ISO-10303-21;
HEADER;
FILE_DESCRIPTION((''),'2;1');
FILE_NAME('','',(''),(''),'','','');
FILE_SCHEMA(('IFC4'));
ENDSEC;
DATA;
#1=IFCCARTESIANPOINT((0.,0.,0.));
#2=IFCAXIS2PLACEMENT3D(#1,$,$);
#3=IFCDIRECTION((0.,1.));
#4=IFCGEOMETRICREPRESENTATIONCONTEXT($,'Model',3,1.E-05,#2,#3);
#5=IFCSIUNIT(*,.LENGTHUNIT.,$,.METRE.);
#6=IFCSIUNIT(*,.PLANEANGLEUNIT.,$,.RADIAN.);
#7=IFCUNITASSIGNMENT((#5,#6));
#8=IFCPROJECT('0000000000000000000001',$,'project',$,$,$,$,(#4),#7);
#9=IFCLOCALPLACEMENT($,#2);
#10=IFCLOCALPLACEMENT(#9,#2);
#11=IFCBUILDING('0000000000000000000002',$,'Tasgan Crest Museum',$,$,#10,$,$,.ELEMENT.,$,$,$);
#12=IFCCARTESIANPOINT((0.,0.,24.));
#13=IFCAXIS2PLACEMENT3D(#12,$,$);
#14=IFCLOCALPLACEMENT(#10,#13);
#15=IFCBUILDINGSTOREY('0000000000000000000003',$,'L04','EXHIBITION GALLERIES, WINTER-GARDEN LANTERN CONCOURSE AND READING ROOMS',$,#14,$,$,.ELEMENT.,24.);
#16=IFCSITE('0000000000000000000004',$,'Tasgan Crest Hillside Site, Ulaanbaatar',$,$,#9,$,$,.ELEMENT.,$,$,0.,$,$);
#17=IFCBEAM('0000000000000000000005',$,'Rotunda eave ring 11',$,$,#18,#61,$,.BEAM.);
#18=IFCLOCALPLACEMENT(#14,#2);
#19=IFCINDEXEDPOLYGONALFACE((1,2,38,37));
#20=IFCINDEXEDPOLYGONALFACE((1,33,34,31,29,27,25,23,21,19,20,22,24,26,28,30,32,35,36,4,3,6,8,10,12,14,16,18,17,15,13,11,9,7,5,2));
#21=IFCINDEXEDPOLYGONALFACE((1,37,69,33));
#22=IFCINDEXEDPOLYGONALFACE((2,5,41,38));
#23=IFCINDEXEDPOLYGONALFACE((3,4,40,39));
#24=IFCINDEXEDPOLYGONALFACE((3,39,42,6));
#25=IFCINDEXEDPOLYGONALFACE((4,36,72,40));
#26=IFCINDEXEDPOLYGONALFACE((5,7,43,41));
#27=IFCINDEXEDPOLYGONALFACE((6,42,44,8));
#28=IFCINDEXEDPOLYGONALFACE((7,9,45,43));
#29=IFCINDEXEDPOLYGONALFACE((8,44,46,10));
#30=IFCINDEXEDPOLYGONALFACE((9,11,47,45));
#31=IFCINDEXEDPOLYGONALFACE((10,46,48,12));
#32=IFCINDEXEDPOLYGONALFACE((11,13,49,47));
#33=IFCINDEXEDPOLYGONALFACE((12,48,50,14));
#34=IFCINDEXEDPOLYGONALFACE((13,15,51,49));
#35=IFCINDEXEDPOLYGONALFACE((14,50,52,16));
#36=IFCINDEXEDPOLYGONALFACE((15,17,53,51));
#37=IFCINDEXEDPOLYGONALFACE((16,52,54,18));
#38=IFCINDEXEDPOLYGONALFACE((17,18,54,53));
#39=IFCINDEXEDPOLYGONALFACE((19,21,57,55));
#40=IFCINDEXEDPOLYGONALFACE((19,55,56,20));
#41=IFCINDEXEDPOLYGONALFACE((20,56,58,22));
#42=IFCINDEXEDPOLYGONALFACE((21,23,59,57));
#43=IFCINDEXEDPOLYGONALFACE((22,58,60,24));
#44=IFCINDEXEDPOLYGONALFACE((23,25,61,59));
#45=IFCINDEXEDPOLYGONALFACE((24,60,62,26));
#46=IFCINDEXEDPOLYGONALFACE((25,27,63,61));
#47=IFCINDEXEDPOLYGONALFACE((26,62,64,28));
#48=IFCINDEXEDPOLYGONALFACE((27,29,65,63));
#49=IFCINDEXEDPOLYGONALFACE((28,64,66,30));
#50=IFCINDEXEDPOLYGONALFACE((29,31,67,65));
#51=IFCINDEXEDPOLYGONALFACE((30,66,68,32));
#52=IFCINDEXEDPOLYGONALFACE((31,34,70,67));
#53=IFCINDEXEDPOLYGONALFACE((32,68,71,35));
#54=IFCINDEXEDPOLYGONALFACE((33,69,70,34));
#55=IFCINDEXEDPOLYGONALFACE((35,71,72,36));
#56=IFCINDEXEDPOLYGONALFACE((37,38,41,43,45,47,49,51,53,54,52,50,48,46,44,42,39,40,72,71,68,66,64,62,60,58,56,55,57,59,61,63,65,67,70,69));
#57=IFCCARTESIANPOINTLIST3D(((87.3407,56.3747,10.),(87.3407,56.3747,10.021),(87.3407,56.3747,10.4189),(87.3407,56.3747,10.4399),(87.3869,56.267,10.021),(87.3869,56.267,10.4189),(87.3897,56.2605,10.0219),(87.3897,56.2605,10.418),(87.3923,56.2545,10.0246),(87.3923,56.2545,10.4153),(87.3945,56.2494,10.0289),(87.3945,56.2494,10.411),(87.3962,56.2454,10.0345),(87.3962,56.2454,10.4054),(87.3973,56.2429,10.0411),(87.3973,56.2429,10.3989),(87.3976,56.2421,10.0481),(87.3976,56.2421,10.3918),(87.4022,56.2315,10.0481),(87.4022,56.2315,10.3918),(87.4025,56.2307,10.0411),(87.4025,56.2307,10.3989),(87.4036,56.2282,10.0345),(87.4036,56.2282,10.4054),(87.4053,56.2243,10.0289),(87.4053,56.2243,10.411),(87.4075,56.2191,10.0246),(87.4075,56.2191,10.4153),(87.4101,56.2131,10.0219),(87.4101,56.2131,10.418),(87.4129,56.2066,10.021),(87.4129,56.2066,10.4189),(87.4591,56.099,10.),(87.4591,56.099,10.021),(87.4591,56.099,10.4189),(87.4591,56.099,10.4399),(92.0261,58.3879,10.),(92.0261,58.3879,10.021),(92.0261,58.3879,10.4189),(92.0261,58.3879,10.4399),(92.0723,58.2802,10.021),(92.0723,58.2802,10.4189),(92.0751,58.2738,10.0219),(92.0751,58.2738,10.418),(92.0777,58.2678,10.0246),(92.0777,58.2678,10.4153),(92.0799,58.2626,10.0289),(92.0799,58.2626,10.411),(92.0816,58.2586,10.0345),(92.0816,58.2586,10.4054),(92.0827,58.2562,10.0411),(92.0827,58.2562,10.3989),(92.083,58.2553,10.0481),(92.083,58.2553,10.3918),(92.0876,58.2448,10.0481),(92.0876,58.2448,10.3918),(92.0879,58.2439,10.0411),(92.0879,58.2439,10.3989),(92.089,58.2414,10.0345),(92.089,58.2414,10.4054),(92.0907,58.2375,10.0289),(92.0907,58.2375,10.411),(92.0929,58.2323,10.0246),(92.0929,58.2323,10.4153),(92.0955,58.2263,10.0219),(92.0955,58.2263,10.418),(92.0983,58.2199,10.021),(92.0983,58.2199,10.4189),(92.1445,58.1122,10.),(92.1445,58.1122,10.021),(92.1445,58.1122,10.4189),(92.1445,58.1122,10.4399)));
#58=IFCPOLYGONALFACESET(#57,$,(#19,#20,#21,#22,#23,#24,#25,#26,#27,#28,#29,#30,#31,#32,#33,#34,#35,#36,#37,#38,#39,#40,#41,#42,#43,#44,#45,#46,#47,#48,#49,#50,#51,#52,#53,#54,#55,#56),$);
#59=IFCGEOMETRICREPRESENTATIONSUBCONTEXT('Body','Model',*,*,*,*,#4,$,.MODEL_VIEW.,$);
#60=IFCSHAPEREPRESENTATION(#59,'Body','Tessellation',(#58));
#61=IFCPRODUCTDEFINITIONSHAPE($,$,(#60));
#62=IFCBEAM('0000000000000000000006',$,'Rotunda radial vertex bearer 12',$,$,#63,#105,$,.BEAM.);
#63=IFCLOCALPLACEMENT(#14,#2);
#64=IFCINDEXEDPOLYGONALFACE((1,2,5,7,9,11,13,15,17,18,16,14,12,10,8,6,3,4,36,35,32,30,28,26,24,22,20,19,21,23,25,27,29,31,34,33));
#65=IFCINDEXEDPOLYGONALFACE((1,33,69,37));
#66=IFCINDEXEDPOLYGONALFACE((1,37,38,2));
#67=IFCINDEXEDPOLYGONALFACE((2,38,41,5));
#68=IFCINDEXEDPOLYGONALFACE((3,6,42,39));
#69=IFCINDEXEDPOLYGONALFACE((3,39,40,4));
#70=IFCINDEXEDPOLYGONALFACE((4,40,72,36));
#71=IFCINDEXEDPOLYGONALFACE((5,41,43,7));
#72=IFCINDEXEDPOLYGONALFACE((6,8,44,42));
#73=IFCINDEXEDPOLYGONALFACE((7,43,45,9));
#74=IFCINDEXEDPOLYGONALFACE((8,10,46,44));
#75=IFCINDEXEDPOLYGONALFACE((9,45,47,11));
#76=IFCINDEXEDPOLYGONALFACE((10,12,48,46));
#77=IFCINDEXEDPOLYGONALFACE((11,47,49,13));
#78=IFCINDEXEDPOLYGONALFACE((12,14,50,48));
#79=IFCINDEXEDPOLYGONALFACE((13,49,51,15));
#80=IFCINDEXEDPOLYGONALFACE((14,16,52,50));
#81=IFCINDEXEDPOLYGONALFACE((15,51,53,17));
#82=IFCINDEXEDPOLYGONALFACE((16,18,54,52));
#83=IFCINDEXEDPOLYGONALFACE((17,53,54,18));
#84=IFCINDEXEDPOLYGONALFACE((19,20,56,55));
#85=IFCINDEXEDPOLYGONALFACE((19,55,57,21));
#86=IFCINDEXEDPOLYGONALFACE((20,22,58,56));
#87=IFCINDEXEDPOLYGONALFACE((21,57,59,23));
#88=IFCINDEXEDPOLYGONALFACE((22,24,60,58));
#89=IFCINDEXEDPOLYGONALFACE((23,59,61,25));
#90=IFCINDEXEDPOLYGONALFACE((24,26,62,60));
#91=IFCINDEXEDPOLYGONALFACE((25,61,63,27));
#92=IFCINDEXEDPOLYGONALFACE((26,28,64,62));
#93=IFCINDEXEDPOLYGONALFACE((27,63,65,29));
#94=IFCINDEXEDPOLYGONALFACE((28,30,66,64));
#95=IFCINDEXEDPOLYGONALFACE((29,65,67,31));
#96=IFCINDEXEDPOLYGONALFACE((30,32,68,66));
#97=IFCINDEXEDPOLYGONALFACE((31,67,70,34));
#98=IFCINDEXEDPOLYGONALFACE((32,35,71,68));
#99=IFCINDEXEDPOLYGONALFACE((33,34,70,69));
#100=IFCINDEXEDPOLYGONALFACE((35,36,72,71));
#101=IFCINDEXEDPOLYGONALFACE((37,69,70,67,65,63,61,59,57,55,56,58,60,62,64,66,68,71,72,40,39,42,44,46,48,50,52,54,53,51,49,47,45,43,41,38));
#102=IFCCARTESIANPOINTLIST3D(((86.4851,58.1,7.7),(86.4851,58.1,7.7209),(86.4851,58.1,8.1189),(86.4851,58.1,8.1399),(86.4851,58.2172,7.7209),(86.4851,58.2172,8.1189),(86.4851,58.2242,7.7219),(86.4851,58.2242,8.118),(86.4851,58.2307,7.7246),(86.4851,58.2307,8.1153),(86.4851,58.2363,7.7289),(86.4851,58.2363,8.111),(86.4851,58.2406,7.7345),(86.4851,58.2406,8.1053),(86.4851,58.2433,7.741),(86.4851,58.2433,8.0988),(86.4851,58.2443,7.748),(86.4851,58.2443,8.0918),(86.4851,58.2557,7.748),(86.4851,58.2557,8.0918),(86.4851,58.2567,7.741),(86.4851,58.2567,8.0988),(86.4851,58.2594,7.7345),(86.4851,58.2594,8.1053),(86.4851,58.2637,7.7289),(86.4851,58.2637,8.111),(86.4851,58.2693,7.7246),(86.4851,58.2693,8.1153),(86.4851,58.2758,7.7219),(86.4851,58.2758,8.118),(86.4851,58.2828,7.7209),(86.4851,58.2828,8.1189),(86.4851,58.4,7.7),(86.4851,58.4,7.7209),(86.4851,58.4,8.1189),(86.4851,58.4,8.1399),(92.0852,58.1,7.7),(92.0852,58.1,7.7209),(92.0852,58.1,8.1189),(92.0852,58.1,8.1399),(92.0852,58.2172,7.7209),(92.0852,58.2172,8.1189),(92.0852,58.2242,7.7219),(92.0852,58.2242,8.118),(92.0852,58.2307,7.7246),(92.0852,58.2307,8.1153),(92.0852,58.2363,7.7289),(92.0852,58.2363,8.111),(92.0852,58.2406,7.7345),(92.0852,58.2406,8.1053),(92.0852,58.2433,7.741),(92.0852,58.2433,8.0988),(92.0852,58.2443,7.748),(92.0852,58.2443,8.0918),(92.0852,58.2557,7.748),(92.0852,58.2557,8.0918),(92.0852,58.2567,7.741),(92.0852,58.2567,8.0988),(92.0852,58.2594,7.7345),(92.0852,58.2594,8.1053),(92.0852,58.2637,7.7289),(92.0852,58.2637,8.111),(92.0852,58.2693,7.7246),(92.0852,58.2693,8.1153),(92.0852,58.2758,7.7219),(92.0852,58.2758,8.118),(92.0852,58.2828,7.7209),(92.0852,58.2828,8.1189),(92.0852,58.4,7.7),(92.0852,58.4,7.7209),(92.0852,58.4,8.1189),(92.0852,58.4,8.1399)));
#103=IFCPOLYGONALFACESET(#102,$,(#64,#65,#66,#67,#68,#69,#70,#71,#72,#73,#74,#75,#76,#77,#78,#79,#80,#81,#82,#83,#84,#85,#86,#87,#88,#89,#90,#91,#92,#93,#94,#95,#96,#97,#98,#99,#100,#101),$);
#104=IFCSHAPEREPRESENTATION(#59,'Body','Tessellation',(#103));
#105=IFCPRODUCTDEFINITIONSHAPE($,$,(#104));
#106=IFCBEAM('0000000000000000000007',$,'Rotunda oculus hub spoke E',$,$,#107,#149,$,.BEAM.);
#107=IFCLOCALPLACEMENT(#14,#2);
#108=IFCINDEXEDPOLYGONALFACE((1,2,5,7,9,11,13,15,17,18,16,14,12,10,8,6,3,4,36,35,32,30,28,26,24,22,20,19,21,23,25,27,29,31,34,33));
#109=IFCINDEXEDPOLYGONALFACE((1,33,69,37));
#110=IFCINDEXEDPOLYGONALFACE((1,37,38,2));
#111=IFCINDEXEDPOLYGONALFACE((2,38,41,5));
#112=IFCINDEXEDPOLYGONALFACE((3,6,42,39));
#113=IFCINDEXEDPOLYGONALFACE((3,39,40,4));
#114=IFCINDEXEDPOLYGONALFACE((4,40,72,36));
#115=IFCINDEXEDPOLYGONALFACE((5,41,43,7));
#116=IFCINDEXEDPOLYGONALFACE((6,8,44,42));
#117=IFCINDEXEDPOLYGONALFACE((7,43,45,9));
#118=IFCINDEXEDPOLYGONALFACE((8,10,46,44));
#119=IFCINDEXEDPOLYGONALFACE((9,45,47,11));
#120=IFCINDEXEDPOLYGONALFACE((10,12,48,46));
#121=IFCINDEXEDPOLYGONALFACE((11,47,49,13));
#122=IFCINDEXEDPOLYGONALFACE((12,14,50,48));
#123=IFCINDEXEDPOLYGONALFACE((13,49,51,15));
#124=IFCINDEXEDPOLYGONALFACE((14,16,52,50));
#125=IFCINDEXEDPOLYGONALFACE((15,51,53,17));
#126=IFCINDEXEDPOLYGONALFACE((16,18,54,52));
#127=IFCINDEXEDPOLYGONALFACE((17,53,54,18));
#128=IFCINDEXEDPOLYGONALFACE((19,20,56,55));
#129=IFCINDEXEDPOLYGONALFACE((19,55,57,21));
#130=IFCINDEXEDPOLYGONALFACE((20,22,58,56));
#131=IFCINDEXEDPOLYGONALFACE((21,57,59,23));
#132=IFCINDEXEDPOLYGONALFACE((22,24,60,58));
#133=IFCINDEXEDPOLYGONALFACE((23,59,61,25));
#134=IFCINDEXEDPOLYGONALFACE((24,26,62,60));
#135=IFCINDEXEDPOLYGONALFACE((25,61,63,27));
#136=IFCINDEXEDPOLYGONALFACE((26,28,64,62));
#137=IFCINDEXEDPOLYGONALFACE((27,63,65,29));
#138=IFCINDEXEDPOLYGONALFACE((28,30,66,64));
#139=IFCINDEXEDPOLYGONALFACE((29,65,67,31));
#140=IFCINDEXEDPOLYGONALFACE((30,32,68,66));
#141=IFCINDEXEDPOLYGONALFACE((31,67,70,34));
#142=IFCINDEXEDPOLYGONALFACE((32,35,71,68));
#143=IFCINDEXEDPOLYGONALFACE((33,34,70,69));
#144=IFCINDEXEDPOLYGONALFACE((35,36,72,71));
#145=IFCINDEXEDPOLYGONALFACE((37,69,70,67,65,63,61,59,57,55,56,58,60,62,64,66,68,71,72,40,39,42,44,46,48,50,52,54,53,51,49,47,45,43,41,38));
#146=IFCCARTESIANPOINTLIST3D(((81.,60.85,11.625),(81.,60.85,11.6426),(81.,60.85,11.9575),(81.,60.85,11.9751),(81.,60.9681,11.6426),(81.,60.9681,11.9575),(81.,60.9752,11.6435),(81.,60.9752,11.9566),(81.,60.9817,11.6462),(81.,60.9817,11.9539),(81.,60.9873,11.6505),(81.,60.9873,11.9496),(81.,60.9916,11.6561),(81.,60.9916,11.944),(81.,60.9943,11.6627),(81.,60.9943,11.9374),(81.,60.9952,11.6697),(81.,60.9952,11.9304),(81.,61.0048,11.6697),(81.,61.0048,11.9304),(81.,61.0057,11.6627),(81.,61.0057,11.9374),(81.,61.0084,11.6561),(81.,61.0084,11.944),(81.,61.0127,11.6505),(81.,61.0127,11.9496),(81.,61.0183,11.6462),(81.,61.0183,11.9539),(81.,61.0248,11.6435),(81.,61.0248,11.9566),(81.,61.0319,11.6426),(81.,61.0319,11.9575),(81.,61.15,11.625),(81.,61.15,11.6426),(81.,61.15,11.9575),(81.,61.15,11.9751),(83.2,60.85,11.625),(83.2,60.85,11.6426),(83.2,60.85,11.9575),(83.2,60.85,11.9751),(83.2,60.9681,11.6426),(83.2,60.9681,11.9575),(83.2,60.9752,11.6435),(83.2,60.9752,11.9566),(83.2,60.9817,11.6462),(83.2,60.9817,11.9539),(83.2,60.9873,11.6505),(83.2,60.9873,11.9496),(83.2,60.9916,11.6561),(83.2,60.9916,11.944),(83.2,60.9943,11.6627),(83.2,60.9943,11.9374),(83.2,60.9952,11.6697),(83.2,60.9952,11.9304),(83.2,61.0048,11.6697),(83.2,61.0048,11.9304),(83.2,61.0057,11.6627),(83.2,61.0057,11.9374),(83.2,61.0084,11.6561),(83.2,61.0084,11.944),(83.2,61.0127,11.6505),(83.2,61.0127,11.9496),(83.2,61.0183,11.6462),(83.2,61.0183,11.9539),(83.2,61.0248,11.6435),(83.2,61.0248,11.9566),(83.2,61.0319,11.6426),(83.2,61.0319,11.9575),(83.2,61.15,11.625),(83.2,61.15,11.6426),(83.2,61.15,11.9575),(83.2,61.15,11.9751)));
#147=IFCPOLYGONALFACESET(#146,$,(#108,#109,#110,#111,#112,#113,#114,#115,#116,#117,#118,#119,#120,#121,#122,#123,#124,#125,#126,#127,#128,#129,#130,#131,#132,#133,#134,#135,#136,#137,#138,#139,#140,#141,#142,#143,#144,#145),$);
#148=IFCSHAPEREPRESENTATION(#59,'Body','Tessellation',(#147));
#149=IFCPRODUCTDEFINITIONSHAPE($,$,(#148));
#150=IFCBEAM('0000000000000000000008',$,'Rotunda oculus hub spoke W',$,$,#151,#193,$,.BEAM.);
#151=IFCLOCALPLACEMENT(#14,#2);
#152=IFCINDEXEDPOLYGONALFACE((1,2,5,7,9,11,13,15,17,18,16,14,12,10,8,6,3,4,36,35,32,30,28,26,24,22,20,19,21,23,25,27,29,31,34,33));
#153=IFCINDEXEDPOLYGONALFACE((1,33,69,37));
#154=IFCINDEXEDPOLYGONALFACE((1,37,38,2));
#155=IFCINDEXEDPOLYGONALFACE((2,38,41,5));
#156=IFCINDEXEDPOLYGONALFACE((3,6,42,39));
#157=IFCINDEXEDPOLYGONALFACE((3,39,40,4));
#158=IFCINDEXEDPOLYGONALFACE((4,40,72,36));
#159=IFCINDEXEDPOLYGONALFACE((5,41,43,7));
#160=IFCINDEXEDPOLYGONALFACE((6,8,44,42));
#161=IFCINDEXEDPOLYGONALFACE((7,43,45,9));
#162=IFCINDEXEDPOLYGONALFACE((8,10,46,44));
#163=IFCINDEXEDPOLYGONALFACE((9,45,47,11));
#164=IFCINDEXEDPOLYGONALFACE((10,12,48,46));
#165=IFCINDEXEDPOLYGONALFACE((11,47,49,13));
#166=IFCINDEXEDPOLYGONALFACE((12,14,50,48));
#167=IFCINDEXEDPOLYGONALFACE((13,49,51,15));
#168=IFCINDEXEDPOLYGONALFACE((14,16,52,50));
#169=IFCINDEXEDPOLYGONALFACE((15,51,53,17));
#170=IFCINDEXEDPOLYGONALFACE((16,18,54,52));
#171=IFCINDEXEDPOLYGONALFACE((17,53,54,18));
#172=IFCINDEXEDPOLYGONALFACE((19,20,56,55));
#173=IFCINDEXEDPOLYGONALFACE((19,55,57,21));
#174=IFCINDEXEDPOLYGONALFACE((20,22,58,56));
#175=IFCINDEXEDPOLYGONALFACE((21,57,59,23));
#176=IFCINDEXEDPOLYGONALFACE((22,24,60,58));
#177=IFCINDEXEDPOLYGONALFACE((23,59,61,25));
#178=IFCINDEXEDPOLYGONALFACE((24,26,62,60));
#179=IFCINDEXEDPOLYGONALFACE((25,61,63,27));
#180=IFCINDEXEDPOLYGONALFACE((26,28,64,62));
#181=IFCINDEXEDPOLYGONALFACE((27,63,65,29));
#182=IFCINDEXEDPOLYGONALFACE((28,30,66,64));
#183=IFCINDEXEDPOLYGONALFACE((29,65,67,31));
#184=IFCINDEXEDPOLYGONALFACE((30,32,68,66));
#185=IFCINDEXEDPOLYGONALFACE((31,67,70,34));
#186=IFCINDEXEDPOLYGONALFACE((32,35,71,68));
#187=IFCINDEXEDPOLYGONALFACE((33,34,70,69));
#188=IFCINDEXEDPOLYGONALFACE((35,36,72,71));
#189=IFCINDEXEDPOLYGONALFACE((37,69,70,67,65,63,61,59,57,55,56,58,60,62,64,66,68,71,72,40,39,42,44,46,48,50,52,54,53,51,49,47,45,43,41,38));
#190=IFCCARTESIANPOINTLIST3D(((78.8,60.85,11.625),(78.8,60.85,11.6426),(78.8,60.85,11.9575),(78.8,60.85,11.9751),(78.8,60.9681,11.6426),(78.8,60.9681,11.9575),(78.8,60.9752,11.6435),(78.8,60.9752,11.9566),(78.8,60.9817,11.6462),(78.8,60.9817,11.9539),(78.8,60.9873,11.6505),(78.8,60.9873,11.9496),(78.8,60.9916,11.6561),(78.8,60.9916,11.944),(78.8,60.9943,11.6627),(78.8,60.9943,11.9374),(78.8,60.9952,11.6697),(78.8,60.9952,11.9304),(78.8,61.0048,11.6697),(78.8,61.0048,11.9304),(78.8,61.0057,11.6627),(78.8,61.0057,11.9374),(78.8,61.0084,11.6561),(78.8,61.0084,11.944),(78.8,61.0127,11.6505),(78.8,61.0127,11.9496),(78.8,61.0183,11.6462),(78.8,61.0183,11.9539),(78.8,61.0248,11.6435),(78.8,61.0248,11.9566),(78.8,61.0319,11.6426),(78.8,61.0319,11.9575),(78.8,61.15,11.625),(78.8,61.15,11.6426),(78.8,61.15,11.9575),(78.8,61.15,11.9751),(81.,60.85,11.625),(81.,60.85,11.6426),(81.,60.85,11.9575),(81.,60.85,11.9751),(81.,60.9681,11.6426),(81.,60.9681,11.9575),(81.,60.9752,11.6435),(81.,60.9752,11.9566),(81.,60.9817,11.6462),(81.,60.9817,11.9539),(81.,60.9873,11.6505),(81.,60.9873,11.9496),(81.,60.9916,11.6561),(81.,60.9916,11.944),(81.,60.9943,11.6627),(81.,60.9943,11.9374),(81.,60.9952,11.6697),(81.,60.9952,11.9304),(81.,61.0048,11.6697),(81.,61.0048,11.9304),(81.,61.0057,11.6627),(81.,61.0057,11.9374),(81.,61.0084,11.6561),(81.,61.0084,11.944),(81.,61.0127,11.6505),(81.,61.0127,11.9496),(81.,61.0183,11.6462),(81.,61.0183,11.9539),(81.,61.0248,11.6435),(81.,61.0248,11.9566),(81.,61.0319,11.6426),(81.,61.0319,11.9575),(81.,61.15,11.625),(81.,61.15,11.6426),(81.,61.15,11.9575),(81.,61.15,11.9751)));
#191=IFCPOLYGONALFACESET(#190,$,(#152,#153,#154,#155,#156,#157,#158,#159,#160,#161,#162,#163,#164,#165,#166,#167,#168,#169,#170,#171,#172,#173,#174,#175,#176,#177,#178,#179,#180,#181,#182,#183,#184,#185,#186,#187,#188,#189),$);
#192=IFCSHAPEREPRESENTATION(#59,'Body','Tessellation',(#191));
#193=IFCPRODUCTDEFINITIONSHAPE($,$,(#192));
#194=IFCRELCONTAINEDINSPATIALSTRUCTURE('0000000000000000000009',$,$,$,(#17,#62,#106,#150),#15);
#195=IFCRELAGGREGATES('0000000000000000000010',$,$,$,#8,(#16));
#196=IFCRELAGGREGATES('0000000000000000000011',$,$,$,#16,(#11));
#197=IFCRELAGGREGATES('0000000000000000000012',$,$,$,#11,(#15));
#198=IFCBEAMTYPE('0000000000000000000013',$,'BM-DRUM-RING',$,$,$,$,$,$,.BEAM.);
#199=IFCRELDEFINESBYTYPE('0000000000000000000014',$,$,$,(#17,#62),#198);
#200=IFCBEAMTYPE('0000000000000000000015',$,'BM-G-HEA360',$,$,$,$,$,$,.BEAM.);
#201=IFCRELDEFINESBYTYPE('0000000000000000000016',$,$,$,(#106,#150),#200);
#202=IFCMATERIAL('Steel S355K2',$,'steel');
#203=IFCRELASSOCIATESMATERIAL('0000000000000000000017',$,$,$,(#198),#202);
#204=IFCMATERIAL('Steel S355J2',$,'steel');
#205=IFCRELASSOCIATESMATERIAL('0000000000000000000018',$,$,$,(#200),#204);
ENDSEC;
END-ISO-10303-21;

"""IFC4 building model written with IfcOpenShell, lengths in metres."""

from ifc_helpers import new_model, si_unit, direction, frame, origin, origin_2d, place, context, subcontext, project, spatial, i_section, extrude, material, material_profile, profile_set, type_object, element, save


model = new_model("IFC4")

# Units and contexts
model_context = context("Model", 3, precision=1e-05, world=origin(), true_north=direction((0.0, 1.0)))
body_context = subcontext(model_context, "Body", "Model", "MODEL_VIEW")
ifc_project = project(units=[si_unit("LENGTHUNIT", "METRE"), si_unit("PLANEANGLEUNIT", "RADIAN")], contexts=[model_context])

# Site, building, storey
site_placement = place(None, origin())
site = spatial("IfcSite", under=ifc_project, at=site_placement, Name="Tasgan Crest Hillside Site, Ulaanbaatar", CompositionType="ELEMENT", RefElevation=0.0)
building_placement = place(site_placement, origin())
building = spatial("IfcBuilding", under=site, at=building_placement, Name="Tasgan Crest Museum", CompositionType="ELEMENT")
storey_placement = place(building_placement, frame((0.0, 0.0, 24.0)))
storey = spatial("IfcBuildingStorey", under=building, at=storey_placement, Name="L04", Description="EXHIBITION GALLERIES, WINTER-GARDEN LANTERN CONCOURSE AND READING ROOMS", CompositionType="ELEMENT", Elevation=24.0)

# Beams
ifc_material_1 = material(Name="Steel S355K2", Category="steel")
ifc_material_profile_1 = material_profile(ifc_material_1, i_section(OverallWidth=0.3, OverallDepth=0.4399, WebThickness=0.0115, FlangeThickness=0.021, FilletRadius=0.0271, at=origin_2d()), Name="HEA 450")
ifc_profile_set_1 = profile_set([ifc_material_profile_1], Name="Steel S355K2")
beam_type_1 = type_object("IfcBeamType", Name="BM-DRUM-RING", PredefinedType="BEAM", material=ifc_profile_set_1)
for number, where, z_axis, x_axis, name in (
    (1, (87.3999, 56.2368, 10.22), (0.918776, 0.39478, 0.0), (-0.39478, 0.918776, 0.0), "Rotunda eave ring 11"),
):
    element("IfcBeam", number, at=place(storey_placement, frame(where, z_axis=z_axis, x_axis=x_axis)), inside=storey, type_object=beam_type_1, Name=name, PredefinedType="BEAM", context=body_context, shape_type="SweptSolid", body=[
        extrude(i_section(OverallWidth=0.3, OverallDepth=0.4399, WebThickness=0.0115, FlangeThickness=0.021, FilletRadius=0.0271, at=origin_2d()), origin(), (0.0, 0.0, 1.0), 5.0996),
    ])
beam_1_placement = place(storey_placement, frame((86.4851, 58.25, 7.9199), z_axis=(1.0, 0.0, 0.0), x_axis=(0.0, 1.0, 0.0)))
element("IfcBeam", 2, at=beam_1_placement, inside=storey, type_object=beam_type_1, Name="Rotunda radial vertex bearer 12", PredefinedType="BEAM", context=body_context, shape_type="SweptSolid", body=[
    extrude(i_section(OverallWidth=0.3, OverallDepth=0.4399, WebThickness=0.0115, FlangeThickness=0.021, FilletRadius=0.0271, at=origin_2d()), origin(), (0.0, 0.0, 1.0), 5.6001),
])
ifc_material_2 = material(Name="Steel S355J2", Category="steel")
ifc_material_profile_2 = material_profile(ifc_material_2, i_section(OverallWidth=0.3, OverallDepth=0.3501, WebThickness=0.0095, FlangeThickness=0.0176, FilletRadius=0.0271, at=origin_2d()), Name="HEA 360")
ifc_profile_set_2 = profile_set([ifc_material_profile_2], Name="Steel S355J2")
beam_type_2 = type_object("IfcBeamType", Name="BM-G-HEA360", PredefinedType="BEAM", material=ifc_profile_set_2)
for number, where, z_axis, x_axis, name in (
    (3, (81.0, 61.0, 11.8), (1.0, 0.0, 0.0), (0.0, 1.0, 0.0), "Rotunda oculus hub spoke E"),
    (4, (81.0, 61.0, 11.8), (-1.0, 0.0, 0.0), (0.0, -1.0, 0.0), "Rotunda oculus hub spoke W"),
):
    element("IfcBeam", number, at=place(storey_placement, frame(where, z_axis=z_axis, x_axis=x_axis)), inside=storey, type_object=beam_type_2, Name=name, PredefinedType="BEAM", context=body_context, shape_type="SweptSolid", body=[
        extrude(i_section(OverallWidth=0.3, OverallDepth=0.3501, WebThickness=0.0095, FlangeThickness=0.0176, FilletRadius=0.0271, at=origin_2d()), origin(), (0.0, 0.0, 1.0), 2.2),
    ])

save(model, "model.ifc")
